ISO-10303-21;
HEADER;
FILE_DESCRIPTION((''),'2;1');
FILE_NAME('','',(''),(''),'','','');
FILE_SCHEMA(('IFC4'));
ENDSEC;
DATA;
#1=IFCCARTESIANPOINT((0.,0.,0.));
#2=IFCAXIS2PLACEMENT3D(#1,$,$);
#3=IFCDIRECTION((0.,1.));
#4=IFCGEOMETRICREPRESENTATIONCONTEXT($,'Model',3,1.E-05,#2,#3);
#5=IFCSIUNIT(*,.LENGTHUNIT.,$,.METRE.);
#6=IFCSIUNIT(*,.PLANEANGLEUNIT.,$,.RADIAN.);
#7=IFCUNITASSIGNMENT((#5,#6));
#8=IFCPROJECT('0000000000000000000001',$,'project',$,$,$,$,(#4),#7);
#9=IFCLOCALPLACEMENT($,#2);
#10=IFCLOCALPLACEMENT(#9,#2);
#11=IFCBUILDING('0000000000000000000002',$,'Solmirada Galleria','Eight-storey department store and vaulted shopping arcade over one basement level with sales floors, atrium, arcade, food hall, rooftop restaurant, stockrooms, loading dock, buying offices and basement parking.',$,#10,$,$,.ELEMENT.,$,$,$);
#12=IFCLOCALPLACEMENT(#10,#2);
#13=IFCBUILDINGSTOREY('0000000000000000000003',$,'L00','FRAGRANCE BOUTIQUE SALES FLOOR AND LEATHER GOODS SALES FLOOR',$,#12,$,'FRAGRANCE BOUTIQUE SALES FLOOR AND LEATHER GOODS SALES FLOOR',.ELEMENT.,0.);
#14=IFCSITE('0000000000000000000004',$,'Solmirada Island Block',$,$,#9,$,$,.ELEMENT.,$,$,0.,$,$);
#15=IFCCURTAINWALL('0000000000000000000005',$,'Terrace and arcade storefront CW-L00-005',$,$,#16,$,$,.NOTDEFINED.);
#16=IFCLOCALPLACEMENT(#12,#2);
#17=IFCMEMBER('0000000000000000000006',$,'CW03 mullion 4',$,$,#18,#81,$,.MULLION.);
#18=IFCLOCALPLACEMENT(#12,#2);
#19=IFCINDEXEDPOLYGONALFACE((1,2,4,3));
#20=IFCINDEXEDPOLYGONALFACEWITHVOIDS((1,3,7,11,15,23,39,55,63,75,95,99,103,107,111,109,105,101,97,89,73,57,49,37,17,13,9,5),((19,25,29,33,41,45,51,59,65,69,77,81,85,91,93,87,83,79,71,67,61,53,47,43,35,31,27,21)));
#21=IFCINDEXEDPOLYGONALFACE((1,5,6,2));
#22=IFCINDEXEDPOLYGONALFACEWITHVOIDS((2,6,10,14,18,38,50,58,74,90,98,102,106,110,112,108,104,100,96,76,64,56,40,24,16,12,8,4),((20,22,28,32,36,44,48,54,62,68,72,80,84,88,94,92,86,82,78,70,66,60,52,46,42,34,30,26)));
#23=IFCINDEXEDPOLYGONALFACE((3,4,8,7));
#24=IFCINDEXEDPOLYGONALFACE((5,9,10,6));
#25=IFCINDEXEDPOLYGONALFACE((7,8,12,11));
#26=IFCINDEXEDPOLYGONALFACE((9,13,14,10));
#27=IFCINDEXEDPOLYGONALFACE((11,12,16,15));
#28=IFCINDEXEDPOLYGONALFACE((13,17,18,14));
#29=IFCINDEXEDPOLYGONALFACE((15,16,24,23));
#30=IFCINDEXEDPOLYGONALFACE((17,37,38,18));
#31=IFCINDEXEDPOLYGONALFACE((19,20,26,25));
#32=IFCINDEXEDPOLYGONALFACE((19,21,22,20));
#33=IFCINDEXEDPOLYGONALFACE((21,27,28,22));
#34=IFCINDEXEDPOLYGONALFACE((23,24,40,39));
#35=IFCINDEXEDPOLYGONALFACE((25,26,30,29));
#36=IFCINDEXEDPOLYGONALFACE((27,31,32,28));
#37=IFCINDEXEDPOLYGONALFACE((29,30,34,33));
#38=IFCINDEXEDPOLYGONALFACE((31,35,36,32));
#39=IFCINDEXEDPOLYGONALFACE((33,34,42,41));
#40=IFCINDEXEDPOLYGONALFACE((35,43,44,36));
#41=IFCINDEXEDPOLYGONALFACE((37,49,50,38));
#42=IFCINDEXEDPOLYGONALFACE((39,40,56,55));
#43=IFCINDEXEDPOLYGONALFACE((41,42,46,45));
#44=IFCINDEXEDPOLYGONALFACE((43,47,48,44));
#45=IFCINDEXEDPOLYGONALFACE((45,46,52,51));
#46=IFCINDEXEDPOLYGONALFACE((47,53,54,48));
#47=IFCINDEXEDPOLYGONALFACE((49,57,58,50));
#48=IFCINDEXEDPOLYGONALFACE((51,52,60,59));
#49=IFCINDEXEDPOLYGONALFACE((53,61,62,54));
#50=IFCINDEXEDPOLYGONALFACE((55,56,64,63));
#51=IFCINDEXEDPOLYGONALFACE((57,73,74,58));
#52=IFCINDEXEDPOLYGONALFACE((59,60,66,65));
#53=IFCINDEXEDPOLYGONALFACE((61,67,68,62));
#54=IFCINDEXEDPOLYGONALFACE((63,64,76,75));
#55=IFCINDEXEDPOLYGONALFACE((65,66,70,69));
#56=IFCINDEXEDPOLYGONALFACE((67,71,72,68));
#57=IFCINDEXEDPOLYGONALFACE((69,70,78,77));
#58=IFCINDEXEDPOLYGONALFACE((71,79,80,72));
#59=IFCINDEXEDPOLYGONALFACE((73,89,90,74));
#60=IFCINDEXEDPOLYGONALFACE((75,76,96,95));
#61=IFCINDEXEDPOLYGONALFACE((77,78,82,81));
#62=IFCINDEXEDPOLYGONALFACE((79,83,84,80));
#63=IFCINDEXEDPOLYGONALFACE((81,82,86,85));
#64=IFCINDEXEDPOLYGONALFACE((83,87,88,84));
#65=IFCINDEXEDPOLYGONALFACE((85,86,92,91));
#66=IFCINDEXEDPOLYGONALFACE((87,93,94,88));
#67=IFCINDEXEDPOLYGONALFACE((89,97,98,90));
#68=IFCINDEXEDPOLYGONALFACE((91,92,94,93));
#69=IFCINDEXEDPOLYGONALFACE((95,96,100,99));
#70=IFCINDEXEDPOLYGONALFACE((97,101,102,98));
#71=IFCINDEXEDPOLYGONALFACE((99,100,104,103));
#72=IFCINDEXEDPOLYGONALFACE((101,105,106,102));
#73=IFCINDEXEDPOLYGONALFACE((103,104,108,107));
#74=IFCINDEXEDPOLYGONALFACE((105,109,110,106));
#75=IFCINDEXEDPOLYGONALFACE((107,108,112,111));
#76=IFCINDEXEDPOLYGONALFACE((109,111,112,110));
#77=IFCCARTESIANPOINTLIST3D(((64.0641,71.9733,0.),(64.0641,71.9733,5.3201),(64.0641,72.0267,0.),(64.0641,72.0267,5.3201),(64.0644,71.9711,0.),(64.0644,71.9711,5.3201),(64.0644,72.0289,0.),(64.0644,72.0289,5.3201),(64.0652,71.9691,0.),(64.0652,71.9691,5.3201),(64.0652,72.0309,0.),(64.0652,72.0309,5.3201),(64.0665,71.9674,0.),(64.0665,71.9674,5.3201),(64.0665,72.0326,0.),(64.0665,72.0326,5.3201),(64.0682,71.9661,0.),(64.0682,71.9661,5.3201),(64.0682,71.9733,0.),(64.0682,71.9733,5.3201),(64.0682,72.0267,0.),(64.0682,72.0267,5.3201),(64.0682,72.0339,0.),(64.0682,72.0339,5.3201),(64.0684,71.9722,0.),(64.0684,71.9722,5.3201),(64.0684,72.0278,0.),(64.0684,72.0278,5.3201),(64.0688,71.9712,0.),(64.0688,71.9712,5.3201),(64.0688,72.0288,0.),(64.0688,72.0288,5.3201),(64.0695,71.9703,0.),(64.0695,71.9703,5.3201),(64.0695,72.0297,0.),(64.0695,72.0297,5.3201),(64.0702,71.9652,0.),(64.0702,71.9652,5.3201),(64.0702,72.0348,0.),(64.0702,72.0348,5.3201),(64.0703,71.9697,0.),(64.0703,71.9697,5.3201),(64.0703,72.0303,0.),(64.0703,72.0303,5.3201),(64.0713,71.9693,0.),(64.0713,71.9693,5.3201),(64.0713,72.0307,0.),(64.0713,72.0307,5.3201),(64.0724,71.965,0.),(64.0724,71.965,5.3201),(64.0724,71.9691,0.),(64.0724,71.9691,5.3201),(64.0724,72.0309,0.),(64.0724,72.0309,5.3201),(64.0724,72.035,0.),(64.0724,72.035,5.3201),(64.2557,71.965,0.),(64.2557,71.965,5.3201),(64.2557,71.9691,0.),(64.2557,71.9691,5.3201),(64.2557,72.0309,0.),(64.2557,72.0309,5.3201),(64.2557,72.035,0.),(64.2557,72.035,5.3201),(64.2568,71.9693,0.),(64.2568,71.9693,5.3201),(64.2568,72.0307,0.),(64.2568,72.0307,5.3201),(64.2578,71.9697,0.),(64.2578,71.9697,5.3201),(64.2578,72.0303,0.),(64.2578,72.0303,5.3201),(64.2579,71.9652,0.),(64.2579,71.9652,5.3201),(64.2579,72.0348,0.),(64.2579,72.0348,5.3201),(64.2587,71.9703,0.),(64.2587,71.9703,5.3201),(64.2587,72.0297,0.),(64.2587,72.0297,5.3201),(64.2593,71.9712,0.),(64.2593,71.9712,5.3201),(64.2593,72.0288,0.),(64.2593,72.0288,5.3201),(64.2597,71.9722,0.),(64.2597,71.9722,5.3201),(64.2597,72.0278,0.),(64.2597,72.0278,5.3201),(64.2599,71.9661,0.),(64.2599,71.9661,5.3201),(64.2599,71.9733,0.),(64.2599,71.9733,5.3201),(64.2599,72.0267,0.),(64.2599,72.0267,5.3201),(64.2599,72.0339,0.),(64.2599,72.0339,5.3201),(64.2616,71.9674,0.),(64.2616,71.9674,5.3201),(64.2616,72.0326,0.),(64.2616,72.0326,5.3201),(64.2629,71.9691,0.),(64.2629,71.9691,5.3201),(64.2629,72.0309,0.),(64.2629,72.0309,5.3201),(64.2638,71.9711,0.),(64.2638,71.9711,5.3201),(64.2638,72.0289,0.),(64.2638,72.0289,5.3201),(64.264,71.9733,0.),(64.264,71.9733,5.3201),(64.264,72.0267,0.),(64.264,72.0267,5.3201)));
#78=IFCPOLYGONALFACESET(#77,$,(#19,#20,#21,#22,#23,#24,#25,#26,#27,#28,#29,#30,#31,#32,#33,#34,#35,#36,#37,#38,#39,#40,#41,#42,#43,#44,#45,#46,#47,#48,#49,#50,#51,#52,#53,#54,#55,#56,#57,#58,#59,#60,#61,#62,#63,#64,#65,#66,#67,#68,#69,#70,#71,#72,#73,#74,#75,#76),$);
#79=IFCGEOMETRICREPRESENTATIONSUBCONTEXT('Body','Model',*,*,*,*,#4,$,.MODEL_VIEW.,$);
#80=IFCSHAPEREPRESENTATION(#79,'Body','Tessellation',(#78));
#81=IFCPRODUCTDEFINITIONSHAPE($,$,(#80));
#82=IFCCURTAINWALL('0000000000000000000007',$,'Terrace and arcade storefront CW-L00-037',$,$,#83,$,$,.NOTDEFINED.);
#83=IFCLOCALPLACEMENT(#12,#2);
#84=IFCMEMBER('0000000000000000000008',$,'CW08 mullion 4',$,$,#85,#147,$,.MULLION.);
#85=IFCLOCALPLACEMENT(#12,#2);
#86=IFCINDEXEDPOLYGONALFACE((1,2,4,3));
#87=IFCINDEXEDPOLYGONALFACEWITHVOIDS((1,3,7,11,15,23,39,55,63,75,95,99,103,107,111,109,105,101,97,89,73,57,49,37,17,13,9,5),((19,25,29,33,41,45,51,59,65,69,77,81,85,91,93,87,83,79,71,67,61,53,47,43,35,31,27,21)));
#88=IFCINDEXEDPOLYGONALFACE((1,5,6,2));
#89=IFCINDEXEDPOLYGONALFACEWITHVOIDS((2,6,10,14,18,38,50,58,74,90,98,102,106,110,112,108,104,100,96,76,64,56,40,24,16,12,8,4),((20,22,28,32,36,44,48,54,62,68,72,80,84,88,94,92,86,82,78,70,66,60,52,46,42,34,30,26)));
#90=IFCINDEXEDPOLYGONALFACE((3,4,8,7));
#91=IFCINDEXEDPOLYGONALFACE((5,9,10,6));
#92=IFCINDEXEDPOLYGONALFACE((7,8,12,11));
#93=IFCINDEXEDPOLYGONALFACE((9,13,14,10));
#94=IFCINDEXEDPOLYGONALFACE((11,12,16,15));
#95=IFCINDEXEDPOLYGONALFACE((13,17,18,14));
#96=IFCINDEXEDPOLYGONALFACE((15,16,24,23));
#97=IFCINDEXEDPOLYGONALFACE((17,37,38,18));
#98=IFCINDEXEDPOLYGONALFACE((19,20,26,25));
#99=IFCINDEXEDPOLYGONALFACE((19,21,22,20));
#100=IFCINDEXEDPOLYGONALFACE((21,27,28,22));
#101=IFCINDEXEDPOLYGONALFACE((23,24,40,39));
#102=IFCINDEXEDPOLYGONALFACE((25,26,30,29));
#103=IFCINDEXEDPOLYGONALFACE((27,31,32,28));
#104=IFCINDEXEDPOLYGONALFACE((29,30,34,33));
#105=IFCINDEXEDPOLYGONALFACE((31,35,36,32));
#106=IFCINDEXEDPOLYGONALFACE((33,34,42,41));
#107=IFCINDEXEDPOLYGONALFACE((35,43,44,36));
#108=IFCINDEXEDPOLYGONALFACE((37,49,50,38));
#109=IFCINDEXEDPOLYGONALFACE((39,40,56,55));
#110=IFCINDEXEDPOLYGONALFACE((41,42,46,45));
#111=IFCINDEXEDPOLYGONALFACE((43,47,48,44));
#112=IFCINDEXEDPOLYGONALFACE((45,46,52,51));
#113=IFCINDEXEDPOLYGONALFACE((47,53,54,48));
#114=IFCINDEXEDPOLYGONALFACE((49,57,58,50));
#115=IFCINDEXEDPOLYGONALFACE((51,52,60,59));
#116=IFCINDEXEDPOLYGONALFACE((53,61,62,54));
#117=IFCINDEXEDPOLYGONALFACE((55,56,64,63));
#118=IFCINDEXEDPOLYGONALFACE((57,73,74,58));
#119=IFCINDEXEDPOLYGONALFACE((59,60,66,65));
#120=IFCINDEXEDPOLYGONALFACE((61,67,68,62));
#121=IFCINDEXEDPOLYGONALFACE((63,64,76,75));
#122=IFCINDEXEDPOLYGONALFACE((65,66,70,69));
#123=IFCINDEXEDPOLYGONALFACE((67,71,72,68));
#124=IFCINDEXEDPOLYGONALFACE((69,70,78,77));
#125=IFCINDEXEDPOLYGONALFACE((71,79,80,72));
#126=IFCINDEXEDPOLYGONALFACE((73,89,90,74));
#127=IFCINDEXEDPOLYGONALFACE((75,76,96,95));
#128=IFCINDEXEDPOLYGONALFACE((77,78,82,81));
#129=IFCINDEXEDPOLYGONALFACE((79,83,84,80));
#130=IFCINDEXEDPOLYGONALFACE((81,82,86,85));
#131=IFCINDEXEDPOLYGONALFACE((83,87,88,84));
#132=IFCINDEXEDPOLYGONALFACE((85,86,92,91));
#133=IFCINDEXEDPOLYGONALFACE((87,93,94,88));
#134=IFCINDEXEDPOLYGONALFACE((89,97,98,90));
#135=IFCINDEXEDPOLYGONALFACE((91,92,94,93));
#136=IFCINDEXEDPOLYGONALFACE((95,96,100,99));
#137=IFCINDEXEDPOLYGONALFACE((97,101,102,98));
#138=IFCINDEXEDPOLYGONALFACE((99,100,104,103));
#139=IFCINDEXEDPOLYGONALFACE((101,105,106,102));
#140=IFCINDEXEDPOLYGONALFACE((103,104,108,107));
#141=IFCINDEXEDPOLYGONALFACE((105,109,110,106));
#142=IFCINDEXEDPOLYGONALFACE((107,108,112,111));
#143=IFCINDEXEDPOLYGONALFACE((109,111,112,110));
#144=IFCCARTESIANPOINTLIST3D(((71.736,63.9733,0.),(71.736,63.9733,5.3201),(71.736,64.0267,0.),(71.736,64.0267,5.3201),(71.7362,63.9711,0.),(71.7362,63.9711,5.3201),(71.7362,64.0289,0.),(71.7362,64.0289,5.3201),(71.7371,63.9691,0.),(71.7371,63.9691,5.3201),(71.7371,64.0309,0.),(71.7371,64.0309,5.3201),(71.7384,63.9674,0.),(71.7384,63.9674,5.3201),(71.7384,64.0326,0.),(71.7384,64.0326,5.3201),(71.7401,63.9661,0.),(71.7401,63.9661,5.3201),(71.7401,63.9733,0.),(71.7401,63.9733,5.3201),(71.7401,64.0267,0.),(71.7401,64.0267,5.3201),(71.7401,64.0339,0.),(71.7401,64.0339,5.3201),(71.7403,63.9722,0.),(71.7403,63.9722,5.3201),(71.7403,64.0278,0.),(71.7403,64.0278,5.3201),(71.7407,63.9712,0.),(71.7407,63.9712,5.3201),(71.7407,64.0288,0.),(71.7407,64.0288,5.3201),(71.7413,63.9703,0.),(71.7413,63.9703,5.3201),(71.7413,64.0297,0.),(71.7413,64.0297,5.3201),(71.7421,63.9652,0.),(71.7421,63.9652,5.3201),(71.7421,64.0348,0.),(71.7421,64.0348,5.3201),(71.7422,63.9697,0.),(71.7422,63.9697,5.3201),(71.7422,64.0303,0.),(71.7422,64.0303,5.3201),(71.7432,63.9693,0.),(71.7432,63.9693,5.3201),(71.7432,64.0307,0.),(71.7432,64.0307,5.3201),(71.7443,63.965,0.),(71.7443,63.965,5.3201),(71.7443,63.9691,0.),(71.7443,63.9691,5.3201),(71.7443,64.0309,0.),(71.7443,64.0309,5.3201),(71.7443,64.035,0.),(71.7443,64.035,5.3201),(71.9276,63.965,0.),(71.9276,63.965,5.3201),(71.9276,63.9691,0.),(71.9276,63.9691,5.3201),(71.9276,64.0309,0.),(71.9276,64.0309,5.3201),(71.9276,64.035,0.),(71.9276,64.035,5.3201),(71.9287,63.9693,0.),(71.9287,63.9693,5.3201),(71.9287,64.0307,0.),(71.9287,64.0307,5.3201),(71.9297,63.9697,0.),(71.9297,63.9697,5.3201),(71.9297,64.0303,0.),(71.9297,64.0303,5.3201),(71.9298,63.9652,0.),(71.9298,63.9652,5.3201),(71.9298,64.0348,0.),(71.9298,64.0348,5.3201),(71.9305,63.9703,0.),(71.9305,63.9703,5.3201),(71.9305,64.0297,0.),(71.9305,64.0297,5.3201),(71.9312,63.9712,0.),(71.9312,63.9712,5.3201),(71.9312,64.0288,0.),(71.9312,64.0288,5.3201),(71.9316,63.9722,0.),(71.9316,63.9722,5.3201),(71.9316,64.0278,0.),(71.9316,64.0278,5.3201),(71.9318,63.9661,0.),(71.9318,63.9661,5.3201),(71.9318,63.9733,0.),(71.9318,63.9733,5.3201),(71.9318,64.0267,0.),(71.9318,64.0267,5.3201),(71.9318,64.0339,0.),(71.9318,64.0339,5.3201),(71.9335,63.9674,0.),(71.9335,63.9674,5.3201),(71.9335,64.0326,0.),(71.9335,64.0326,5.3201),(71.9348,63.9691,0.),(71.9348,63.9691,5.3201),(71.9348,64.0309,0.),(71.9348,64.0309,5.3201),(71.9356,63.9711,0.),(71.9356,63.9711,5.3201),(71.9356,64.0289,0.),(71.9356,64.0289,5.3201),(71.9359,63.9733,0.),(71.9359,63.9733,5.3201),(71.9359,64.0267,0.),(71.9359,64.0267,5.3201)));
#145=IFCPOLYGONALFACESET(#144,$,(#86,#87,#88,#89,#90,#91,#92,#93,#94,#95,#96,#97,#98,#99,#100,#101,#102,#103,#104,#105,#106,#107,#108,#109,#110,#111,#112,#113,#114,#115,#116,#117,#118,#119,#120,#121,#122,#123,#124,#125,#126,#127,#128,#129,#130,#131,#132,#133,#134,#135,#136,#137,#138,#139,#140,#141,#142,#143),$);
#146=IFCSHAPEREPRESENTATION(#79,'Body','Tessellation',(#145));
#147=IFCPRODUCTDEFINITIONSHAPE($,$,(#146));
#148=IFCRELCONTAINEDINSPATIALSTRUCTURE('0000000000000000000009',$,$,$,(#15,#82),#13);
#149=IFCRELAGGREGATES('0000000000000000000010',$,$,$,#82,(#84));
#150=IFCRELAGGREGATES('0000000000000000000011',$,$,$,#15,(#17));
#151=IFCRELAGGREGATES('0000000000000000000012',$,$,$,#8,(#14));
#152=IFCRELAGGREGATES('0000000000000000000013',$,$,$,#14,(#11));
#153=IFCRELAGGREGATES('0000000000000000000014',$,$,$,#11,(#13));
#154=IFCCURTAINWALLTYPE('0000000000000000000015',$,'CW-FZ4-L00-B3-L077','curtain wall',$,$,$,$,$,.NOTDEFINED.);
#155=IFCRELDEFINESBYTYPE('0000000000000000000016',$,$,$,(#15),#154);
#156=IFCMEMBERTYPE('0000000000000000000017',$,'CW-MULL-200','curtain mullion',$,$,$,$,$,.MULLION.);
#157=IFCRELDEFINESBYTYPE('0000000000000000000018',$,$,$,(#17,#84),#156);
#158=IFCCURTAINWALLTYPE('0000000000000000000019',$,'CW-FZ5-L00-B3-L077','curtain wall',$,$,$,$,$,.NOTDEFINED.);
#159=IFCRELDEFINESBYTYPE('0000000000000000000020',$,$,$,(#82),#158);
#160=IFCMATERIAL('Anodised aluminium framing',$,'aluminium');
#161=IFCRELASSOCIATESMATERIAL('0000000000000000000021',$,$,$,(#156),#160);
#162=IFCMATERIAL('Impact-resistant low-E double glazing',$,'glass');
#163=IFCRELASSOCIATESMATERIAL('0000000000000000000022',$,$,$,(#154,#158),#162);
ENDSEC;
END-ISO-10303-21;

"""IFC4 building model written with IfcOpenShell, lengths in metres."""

from ifc_helpers import new_model, si_unit, direction, frame, origin, origin_2d, place, context, subcontext, project, spatial, hollow_rectangle, extrude, material, material_profile, profile_set, type_object, element, aggregate, save


model = new_model("IFC4")

# Units and contexts
model_context = context("Model", 3, precision=1e-05, world=origin(), true_north=direction((0.0, 1.0)))
body_context = subcontext(model_context, "Body", "Model", "MODEL_VIEW")
ifc_project = project(units=[si_unit("LENGTHUNIT", "METRE"), si_unit("PLANEANGLEUNIT", "RADIAN")], contexts=[model_context])

# Site, building, storey
site_placement = place(None, origin())
site = spatial("IfcSite", under=ifc_project, at=site_placement, Name="Solmirada Island Block", CompositionType="ELEMENT", RefElevation=0.0)
building_placement = place(site_placement, origin())
building = spatial("IfcBuilding", under=site, at=building_placement, Name="Solmirada Galleria", Description="Eight-storey department store and vaulted shopping arcade over one basement level with sales floors, atrium, arcade, food hall, rooftop restaurant, stockrooms, loading dock, buying offices and basement parking.", CompositionType="ELEMENT")
storey_placement = place(building_placement, origin())
storey = spatial("IfcBuildingStorey", under=building, at=storey_placement, Name="L00", Description="FRAGRANCE BOUTIQUE SALES FLOOR AND LEATHER GOODS SALES FLOOR", LongName="FRAGRANCE BOUTIQUE SALES FLOOR AND LEATHER GOODS SALES FLOOR", CompositionType="ELEMENT", Elevation=0.0)

# Shared definitions
ifc_material_1 = material(Name="Impact-resistant low-E double glazing", Category="glass")
ifc_material_2 = material(Name="Anodised aluminium framing", Category="aluminium")
ifc_material_profile_1 = material_profile(ifc_material_2, hollow_rectangle(XDim=0.0701, YDim=0.2, WallThickness=0.0042, InnerFilletRadius=0.0042, OuterFilletRadius=0.0083, at=origin_2d()), Name="ALU-MULL-200X70")
ifc_profile_set_1 = profile_set([ifc_material_profile_1], Name="Anodised aluminium framing")
member_type_1 = type_object("IfcMemberType", Name="CW-MULL-200", Description="curtain mullion", PredefinedType="MULLION", material=ifc_profile_set_1)

# Curtain wall, member
curtain_wall_type_1 = type_object("IfcCurtainWallType", Name="CW-FZ4-L00-B3-L077", Description="curtain wall", PredefinedType="NOTDEFINED", material=ifc_material_1)
curtain_wall_1_placement = place(storey_placement, origin())
curtain_wall_1 = element("IfcCurtainWall", 1, at=curtain_wall_1_placement, inside=storey, type_object=curtain_wall_type_1, Name="Terrace and arcade storefront CW-L00-005", PredefinedType="NOTDEFINED")
member_1_placement = place(storey_placement, frame((64.1641, 72.0, 0.0), z_axis=(0.0, 0.0, 1.0), x_axis=(0.0, -1.0, 0.0)))
member_1 = element("IfcMember", 2, at=member_1_placement, type_object=member_type_1, Name="CW03 mullion 4", PredefinedType="MULLION", context=body_context, shape_type="SweptSolid", body=[
    extrude(hollow_rectangle(XDim=0.0701, YDim=0.2, WallThickness=0.0042, InnerFilletRadius=0.0042, OuterFilletRadius=0.0083, at=origin_2d()), origin(), (0.0, 0.0, 1.0), 5.3201),
])

# Curtain wall, member
curtain_wall_type_2 = type_object("IfcCurtainWallType", Name="CW-FZ5-L00-B3-L077", Description="curtain wall", PredefinedType="NOTDEFINED", material=ifc_material_1)
curtain_wall_2_placement = place(storey_placement, origin())
curtain_wall_2 = element("IfcCurtainWall", 3, at=curtain_wall_2_placement, inside=storey, type_object=curtain_wall_type_2, Name="Terrace and arcade storefront CW-L00-037", PredefinedType="NOTDEFINED")
member_2_placement = place(storey_placement, frame((71.8359, 64.0, 0.0), z_axis=(0.0, 0.0, 1.0), x_axis=(0.0, 1.0, 0.0)))
member_2 = element("IfcMember", 4, at=member_2_placement, type_object=member_type_1, Name="CW08 mullion 4", PredefinedType="MULLION", context=body_context, shape_type="SweptSolid", body=[
    extrude(hollow_rectangle(XDim=0.0701, YDim=0.2, WallThickness=0.0042, InnerFilletRadius=0.0042, OuterFilletRadius=0.0083, at=origin_2d()), origin(), (0.0, 0.0, 1.0), 5.3201),
])
aggregate(curtain_wall_2, [member_2])

aggregate(curtain_wall_1, [member_1])

save(model, "model.ifc")
